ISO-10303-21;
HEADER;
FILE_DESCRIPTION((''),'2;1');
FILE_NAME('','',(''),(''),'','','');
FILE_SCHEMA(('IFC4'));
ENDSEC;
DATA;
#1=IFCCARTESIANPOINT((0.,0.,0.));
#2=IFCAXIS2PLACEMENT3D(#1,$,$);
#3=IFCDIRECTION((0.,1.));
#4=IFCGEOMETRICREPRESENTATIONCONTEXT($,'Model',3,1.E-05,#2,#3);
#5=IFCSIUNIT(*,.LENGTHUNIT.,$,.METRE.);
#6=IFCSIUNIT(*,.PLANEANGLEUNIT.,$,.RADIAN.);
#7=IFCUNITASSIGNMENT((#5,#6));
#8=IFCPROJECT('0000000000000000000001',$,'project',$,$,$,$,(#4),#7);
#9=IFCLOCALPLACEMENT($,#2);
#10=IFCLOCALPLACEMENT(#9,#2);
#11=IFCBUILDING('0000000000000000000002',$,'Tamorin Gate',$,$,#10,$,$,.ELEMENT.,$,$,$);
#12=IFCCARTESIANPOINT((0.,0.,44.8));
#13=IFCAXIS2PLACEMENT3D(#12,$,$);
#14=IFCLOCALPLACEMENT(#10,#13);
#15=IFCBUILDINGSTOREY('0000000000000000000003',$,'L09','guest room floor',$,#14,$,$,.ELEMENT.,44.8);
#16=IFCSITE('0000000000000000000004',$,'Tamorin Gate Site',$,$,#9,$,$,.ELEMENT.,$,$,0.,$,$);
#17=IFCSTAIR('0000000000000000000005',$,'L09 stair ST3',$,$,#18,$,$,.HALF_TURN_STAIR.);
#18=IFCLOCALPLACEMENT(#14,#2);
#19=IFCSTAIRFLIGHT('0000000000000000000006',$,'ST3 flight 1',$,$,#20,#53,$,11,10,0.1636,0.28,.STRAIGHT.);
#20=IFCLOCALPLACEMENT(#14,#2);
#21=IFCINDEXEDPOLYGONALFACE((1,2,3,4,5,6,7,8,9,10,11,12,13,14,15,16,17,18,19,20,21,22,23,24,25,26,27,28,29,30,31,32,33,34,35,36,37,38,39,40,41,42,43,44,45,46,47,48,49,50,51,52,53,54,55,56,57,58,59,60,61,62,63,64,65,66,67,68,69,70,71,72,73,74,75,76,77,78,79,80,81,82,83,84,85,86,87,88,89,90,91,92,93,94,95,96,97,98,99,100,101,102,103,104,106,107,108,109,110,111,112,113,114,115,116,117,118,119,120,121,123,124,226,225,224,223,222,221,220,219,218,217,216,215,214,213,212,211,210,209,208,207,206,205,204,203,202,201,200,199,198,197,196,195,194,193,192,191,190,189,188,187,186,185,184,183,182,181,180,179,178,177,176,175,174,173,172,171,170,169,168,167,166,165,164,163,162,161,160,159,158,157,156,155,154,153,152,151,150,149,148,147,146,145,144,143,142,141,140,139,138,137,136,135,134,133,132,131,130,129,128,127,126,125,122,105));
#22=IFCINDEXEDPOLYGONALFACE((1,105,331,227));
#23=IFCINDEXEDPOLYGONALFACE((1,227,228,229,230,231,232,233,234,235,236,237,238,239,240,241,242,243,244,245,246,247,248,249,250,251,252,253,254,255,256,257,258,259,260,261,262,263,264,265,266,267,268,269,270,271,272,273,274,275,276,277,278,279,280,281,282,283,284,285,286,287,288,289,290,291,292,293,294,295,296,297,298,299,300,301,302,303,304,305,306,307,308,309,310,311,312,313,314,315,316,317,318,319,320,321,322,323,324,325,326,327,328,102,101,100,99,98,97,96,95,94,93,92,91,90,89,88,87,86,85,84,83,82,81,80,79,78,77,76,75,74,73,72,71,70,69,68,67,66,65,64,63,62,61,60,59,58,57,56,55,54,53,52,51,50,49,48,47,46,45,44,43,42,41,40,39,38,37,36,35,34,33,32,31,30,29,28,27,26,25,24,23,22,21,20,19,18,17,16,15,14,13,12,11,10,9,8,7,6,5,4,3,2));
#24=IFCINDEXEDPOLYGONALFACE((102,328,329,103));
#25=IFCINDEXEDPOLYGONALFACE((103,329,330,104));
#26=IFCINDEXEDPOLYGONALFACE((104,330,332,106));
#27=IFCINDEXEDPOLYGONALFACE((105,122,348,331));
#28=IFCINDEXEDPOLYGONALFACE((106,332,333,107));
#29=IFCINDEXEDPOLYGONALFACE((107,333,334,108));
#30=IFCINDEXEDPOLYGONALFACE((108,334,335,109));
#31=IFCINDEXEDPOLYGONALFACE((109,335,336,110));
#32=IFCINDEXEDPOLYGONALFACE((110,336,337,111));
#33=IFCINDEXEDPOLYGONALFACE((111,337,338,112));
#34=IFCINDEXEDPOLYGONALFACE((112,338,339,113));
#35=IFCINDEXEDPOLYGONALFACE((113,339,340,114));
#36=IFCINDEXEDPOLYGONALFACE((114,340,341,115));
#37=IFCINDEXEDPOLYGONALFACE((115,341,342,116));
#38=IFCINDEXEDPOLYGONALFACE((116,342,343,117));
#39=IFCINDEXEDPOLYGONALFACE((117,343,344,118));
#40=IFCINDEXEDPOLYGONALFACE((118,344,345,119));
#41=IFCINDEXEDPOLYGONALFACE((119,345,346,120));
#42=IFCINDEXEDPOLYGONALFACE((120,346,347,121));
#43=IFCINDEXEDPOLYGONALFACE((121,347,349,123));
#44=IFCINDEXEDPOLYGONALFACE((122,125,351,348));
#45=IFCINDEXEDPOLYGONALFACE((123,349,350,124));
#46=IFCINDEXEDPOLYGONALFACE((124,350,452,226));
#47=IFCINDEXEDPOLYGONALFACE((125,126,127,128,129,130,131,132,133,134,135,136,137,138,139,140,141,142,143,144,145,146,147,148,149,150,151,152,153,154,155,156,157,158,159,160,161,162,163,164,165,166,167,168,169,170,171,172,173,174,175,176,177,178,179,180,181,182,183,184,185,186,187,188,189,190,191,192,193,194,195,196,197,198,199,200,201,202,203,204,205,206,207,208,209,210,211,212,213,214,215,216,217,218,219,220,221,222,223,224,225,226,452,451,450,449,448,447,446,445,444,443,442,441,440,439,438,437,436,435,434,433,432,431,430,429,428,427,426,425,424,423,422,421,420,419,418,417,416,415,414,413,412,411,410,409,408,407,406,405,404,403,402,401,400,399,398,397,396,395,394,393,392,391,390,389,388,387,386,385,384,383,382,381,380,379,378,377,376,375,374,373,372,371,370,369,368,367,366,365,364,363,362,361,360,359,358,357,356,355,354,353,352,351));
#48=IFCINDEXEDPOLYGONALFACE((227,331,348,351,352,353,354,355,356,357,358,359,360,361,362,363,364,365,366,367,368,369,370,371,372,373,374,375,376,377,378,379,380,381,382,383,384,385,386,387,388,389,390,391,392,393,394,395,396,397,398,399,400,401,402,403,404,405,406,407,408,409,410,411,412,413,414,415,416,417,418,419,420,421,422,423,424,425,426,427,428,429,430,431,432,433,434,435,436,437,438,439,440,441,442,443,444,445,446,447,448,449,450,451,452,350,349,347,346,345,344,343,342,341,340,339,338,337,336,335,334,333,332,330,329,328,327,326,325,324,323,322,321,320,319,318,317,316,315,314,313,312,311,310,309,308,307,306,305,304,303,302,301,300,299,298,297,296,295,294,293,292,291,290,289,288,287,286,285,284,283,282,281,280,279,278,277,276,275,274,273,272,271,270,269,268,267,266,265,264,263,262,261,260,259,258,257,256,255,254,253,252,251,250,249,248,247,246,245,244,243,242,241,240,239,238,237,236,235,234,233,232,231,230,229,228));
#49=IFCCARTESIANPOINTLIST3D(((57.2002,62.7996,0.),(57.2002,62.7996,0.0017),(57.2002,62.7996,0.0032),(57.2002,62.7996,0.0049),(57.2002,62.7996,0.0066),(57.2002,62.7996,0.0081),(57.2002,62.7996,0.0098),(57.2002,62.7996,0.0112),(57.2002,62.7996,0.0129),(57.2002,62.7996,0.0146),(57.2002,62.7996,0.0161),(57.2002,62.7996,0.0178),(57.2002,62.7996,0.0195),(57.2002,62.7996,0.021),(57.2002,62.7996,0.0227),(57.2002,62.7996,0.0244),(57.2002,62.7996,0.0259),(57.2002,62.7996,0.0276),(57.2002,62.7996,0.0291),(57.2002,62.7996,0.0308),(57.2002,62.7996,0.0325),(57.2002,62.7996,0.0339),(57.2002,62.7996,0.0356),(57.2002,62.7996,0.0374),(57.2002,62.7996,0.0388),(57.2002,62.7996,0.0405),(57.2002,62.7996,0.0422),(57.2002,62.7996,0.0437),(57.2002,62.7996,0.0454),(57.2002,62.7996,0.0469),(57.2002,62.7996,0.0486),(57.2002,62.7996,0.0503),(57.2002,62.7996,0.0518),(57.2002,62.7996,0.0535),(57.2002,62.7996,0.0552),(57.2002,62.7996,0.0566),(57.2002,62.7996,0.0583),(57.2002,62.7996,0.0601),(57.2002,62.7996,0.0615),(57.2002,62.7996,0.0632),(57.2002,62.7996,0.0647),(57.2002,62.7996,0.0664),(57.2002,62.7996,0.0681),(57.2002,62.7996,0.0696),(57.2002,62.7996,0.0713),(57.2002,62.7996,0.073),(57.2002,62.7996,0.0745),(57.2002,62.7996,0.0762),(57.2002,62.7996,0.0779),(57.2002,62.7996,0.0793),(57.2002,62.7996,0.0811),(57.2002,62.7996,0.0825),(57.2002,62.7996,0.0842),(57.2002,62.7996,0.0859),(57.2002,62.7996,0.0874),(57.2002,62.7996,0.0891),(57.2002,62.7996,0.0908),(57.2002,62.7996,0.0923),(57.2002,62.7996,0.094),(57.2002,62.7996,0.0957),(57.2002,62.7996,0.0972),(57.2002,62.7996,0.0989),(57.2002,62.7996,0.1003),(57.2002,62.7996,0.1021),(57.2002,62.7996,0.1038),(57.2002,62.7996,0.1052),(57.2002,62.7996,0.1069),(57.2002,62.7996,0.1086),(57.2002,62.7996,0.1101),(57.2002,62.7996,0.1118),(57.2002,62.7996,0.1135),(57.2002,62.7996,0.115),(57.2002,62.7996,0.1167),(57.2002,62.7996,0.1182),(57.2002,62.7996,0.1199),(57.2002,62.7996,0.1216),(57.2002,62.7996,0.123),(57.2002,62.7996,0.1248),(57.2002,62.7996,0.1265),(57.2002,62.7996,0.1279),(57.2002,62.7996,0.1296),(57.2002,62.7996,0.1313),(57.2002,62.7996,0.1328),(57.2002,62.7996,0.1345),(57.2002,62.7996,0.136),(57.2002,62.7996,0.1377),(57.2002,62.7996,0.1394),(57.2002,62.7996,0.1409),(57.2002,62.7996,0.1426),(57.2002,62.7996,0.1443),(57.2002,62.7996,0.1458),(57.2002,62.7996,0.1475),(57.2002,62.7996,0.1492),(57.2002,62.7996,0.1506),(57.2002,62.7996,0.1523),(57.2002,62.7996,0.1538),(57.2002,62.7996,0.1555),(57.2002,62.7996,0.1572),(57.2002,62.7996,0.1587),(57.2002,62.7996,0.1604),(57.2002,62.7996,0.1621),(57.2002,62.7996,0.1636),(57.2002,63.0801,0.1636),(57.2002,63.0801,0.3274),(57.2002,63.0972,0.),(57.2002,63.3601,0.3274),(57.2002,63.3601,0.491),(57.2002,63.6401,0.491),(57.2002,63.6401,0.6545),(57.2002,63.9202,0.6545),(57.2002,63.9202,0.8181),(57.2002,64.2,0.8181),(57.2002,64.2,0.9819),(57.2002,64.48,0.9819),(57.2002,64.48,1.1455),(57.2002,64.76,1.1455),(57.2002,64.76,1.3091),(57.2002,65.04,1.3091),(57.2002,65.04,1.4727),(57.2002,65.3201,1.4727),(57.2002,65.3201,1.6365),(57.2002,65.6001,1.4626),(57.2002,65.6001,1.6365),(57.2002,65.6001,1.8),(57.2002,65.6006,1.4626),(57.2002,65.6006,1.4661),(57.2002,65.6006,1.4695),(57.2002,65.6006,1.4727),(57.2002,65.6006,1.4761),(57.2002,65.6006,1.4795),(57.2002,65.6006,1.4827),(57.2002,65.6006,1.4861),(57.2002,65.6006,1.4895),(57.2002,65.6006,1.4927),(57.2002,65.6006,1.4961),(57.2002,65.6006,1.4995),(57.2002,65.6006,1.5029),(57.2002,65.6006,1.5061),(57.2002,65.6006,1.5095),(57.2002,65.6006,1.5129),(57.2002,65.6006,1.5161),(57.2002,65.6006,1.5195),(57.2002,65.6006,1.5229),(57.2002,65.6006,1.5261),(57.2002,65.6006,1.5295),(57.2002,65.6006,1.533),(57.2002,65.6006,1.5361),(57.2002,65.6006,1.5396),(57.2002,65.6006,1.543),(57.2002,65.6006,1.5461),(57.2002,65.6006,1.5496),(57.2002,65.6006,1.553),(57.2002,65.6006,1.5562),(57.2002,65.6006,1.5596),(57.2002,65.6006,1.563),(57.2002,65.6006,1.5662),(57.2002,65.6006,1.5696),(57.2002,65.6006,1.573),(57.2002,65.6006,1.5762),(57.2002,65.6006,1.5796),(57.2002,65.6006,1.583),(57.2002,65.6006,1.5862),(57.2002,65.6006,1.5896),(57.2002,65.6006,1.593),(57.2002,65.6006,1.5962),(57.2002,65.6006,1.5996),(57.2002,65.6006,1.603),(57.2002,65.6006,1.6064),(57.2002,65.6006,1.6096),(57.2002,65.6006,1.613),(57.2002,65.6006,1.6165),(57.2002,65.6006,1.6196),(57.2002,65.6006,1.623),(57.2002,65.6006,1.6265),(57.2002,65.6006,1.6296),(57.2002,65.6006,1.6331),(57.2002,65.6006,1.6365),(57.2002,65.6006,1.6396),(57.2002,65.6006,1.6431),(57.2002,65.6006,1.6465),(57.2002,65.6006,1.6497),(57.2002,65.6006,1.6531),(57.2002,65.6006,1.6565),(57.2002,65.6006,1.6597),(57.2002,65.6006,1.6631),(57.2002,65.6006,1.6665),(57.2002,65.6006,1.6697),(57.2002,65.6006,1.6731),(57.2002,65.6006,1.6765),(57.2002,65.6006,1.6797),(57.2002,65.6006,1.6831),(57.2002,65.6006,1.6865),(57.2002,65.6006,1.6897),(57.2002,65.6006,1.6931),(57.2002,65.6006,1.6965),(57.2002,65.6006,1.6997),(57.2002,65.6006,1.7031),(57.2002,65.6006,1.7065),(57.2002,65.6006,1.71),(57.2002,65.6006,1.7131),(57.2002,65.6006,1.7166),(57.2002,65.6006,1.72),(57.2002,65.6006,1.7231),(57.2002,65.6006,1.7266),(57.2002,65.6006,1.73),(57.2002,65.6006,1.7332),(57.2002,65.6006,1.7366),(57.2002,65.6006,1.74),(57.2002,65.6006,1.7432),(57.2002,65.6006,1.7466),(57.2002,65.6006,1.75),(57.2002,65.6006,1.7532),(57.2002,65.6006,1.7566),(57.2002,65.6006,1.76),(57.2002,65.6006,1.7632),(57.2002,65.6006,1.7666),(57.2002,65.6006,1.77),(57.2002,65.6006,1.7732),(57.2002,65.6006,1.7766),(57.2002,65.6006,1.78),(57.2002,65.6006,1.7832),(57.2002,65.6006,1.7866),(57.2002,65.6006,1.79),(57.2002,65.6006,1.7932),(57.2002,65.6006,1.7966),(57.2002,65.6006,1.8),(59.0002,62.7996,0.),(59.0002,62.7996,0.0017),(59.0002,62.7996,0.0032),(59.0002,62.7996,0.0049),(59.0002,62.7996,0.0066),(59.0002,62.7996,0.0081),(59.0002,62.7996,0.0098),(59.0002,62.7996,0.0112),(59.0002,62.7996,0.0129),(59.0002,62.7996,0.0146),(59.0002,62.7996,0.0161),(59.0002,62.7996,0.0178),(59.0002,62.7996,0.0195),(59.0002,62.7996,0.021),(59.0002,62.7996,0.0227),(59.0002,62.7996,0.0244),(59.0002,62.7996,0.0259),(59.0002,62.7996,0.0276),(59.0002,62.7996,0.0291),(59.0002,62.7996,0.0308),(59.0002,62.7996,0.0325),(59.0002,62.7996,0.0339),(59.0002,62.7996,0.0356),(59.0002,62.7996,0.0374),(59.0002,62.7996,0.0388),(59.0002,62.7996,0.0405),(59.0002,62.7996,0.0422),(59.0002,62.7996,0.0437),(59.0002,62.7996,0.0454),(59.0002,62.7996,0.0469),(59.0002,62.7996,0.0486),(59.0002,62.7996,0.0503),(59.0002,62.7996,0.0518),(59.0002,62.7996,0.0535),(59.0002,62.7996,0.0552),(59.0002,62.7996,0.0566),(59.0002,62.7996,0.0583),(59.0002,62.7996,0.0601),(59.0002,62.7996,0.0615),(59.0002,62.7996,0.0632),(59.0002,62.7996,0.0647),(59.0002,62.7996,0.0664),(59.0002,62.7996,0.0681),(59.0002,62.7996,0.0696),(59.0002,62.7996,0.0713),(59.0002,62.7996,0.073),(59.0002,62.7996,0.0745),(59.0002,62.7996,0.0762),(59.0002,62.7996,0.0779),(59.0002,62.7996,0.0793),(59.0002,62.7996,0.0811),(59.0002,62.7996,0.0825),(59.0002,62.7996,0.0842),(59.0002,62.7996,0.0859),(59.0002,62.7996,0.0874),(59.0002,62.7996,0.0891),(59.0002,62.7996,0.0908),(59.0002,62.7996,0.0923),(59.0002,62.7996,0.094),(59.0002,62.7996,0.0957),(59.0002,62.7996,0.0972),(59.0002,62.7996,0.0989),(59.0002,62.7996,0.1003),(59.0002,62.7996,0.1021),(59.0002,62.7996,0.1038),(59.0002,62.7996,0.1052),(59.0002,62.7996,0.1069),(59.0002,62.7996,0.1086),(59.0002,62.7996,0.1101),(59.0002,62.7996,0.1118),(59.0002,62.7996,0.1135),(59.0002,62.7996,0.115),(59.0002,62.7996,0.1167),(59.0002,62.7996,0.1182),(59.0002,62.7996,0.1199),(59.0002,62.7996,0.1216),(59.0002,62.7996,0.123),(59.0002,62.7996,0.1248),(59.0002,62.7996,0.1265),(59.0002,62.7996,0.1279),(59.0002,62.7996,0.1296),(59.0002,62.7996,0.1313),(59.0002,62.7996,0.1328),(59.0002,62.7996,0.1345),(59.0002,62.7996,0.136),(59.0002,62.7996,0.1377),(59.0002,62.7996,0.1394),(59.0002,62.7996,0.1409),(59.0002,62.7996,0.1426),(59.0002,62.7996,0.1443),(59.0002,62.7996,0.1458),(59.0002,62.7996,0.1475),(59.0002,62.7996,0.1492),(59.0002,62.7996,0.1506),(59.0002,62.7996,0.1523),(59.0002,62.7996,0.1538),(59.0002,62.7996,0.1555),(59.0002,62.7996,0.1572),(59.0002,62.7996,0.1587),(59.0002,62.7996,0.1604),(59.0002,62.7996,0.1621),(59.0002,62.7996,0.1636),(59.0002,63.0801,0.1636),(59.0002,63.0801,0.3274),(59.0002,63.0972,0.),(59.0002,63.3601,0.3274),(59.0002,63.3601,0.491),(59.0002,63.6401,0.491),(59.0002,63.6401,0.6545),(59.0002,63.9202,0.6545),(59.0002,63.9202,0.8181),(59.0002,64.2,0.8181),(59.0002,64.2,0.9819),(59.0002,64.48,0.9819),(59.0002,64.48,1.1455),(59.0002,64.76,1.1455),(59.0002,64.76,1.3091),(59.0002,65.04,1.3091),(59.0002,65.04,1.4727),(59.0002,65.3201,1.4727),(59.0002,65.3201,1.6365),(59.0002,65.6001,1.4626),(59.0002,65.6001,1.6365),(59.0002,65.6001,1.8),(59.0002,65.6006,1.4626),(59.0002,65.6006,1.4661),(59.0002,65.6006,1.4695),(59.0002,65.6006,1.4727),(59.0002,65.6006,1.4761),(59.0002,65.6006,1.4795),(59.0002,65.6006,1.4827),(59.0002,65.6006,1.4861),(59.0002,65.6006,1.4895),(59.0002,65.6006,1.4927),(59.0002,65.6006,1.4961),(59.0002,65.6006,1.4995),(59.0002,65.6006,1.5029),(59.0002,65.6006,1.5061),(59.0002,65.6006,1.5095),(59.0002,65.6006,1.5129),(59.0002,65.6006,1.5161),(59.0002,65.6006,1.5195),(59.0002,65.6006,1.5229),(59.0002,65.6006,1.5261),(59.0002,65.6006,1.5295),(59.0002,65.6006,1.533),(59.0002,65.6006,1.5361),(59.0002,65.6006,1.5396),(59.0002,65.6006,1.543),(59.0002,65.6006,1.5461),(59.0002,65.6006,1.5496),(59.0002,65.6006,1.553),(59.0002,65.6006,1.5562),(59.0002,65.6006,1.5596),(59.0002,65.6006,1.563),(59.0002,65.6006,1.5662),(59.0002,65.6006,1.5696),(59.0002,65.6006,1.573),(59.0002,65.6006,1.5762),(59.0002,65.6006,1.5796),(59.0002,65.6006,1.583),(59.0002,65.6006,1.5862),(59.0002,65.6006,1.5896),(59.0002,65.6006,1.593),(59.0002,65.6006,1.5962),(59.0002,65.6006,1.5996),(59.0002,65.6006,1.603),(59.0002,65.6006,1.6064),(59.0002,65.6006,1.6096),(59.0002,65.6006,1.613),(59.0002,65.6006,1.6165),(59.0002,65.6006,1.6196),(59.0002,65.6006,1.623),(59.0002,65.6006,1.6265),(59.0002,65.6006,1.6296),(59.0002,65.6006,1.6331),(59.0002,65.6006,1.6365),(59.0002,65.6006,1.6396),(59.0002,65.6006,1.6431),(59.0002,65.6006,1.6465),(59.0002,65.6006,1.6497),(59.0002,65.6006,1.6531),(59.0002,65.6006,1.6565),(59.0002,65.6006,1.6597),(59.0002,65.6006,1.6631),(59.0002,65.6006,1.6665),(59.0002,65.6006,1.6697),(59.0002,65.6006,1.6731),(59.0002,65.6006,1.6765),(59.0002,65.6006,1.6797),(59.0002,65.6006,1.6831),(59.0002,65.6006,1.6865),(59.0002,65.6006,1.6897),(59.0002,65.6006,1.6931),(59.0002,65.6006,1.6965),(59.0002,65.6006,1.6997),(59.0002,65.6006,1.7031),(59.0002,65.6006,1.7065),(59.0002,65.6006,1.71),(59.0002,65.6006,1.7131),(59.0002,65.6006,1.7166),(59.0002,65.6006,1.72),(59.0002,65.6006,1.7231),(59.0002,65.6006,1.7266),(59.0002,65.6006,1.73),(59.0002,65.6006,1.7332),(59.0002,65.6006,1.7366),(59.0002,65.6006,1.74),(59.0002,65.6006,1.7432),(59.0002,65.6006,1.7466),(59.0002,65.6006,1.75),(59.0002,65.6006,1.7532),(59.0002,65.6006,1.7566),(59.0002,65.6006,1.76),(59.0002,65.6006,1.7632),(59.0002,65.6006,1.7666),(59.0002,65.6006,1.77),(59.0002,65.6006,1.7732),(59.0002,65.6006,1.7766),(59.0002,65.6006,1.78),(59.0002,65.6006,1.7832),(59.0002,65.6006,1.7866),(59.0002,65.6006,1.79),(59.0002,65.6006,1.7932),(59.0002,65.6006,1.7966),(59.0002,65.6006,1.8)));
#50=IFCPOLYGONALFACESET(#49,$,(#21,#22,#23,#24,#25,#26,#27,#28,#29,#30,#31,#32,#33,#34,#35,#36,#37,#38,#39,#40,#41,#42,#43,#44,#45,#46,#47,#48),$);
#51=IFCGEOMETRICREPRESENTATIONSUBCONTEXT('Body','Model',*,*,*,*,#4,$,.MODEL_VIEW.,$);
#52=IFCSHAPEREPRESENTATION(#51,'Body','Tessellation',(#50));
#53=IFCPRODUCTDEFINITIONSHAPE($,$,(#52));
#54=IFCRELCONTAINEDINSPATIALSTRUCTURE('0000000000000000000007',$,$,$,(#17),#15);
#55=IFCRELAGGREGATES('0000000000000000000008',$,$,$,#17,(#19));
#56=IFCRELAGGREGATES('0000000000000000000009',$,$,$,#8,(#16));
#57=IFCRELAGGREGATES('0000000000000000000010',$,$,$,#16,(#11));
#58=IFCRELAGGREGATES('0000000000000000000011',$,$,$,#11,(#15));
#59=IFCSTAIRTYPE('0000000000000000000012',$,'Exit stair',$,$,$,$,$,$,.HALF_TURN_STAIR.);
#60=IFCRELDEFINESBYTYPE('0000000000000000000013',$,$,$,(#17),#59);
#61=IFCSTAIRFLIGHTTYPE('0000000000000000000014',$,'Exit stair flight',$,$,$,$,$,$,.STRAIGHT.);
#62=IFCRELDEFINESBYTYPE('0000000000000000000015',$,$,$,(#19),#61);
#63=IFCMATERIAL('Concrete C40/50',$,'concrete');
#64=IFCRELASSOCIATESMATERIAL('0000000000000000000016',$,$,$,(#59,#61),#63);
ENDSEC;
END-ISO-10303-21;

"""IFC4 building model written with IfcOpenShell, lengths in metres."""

from ifc_helpers import new_model, si_unit, direction, frame, origin, place, context, subcontext, project, spatial, polyline, outline, extrude, material, type_object, element, aggregate, save


model = new_model("IFC4")

# Units and contexts
model_context = context("Model", 3, precision=1e-05, world=origin(), true_north=direction((0.0, 1.0)))
body_context = subcontext(model_context, "Body", "Model", "MODEL_VIEW")
ifc_project = project(units=[si_unit("LENGTHUNIT", "METRE"), si_unit("PLANEANGLEUNIT", "RADIAN")], contexts=[model_context])

# Site, building, storey
site_placement = place(None, origin())
site = spatial("IfcSite", under=ifc_project, at=site_placement, Name="Tamorin Gate Site", CompositionType="ELEMENT", RefElevation=0.0)
building_placement = place(site_placement, origin())
building = spatial("IfcBuilding", under=site, at=building_placement, Name="Tamorin Gate", CompositionType="ELEMENT")
storey_placement = place(building_placement, frame((0.0, 0.0, 44.8)))
storey = spatial("IfcBuildingStorey", under=building, at=storey_placement, Name="L09", Description="guest room floor", CompositionType="ELEMENT", Elevation=44.8)

# Shared definitions
ifc_material_1 = material(Name="Concrete C40/50", Category="concrete")

# Stair, stair flight
stair_type = type_object("IfcStairType", Name="Exit stair", PredefinedType="HALF_TURN_STAIR", material=ifc_material_1)
stair_placement = place(storey_placement, origin())
stair = element("IfcStair", 1, at=stair_placement, inside=storey, type_object=stair_type, Name="L09 stair ST3", PredefinedType="HALF_TURN_STAIR")
stair_flight_type = type_object("IfcStairFlightType", Name="Exit stair flight", PredefinedType="STRAIGHT", material=ifc_material_1)
stair_flight_1_placement = place(storey_placement, frame((58.1001, 62.8, 0.0), z_axis=(0.0, 0.0, 1.0), x_axis=(0.0, 1.0, 0.0)))
stair_flight_1 = element("IfcStairFlight", 2, at=stair_flight_1_placement, type_object=stair_flight_type, Name="ST3 flight 1", NumberOfRisers=11, NumberOfTreads=10, PredefinedType="STRAIGHT", RiserHeight=0.1636, TreadLength=0.28, context=body_context, shape_type="SweptSolid", body=[
    extrude(outline(polyline([(-0.0005, 0.0), (-0.0005, 0.0017), (-0.0005, 0.0032), (-0.0005, 0.0049), (-0.0005, 0.0066), (-0.0005, 0.0081), (-0.0005, 0.0098), (-0.0005, 0.0112), (-0.0005, 0.0129), (-0.0005, 0.0146), (-0.0005, 0.0161), (-0.0005, 0.0178), (-0.0005, 0.0195), (-0.0005, 0.021), (-0.0005, 0.0227), (-0.0005, 0.0244), (-0.0005, 0.0259), (-0.0005, 0.0276), (-0.0005, 0.0291), (-0.0005, 0.0308), (-0.0005, 0.0325), (-0.0005, 0.0339), (-0.0005, 0.0356), (-0.0005, 0.0374), (-0.0005, 0.0388), (-0.0005, 0.0405), (-0.0005, 0.0422), (-0.0005, 0.0437), (-0.0005, 0.0454), (-0.0005, 0.0469), (-0.0005, 0.0486), (-0.0005, 0.0503), (-0.0005, 0.0518), (-0.0005, 0.0535), (-0.0005, 0.0552), (-0.0005, 0.0566), (-0.0005, 0.0583), (-0.0005, 0.0601), (-0.0005, 0.0615), (-0.0005, 0.0632), (-0.0005, 0.0647), (-0.0005, 0.0664), (-0.0005, 0.0681), (-0.0005, 0.0696), (-0.0005, 0.0713), (-0.0005, 0.073), (-0.0005, 0.0745), (-0.0005, 0.0762), (-0.0005, 0.0779), (-0.0005, 0.0793), (-0.0005, 0.0811), (-0.0005, 0.0825), (-0.0005, 0.0842), (-0.0005, 0.0859), (-0.0005, 0.0874), (-0.0005, 0.0891), (-0.0005, 0.0908), (-0.0005, 0.0923), (-0.0005, 0.094), (-0.0005, 0.0957), (-0.0005, 0.0972), (-0.0005, 0.0989), (-0.0005, 0.1003), (-0.0005, 0.1021), (-0.0005, 0.1038), (-0.0005, 0.1052), (-0.0005, 0.1069), (-0.0005, 0.1086), (-0.0005, 0.1101), (-0.0005, 0.1118), (-0.0005, 0.1135), (-0.0005, 0.115), (-0.0005, 0.1167), (-0.0005, 0.1182), (-0.0005, 0.1199), (-0.0005, 0.1216), (-0.0005, 0.123), (-0.0005, 0.1248), (-0.0005, 0.1265), (-0.0005, 0.1279), (-0.0005, 0.1296), (-0.0005, 0.1313), (-0.0005, 0.1328), (-0.0005, 0.1345), (-0.0005, 0.136), (-0.0005, 0.1377), (-0.0005, 0.1394), (-0.0005, 0.1409), (-0.0005, 0.1426), (-0.0005, 0.1443), (-0.0005, 0.1458), (-0.0005, 0.1475), (-0.0005, 0.1492), (-0.0005, 0.1506), (-0.0005, 0.1523), (-0.0005, 0.1538), (-0.0005, 0.1555), (-0.0005, 0.1572), (-0.0005, 0.1587), (-0.0005, 0.1604), (-0.0005, 0.1621), (-0.0005, 0.1636), (0.28, 0.1636), (0.28, 0.3274), (0.5601, 0.3274), (0.5601, 0.491), (0.8401, 0.491), (0.8401, 0.6545), (1.1201, 0.6545), (1.1201, 0.8181), (1.3999, 0.8181), (1.3999, 0.9819), (1.6799, 0.9819), (1.6799, 1.1455), (1.96, 1.1455), (1.96, 1.3091), (2.24, 1.3091), (2.24, 1.4727), (2.52, 1.4727), (2.52, 1.6365), (2.8, 1.6365), (2.8, 1.8), (2.8005, 1.8), (2.8005, 1.7966), (2.8005, 1.7932), (2.8005, 1.79), (2.8005, 1.7866), (2.8005, 1.7832), (2.8005, 1.78), (2.8005, 1.7766), (2.8005, 1.7732), (2.8005, 1.77), (2.8005, 1.7666), (2.8005, 1.7632), (2.8005, 1.76), (2.8005, 1.7566), (2.8005, 1.7532), (2.8005, 1.75), (2.8005, 1.7466), (2.8005, 1.7432), (2.8005, 1.74), (2.8005, 1.7366), (2.8005, 1.7332), (2.8005, 1.73), (2.8005, 1.7266), (2.8005, 1.7231), (2.8005, 1.72), (2.8005, 1.7166), (2.8005, 1.7131), (2.8005, 1.71), (2.8005, 1.7065), (2.8005, 1.7031), (2.8005, 1.6997), (2.8005, 1.6965), (2.8005, 1.6931), (2.8005, 1.6897), (2.8005, 1.6865), (2.8005, 1.6831), (2.8005, 1.6797), (2.8005, 1.6765), (2.8005, 1.6731), (2.8005, 1.6697), (2.8005, 1.6665), (2.8005, 1.6631), (2.8005, 1.6597), (2.8005, 1.6565), (2.8005, 1.6531), (2.8005, 1.6497), (2.8005, 1.6465), (2.8005, 1.6431), (2.8005, 1.6396), (2.8005, 1.6365), (2.8005, 1.6331), (2.8005, 1.6296), (2.8005, 1.6265), (2.8005, 1.623), (2.8005, 1.6196), (2.8005, 1.6165), (2.8005, 1.613), (2.8005, 1.6096), (2.8005, 1.6064), (2.8005, 1.603), (2.8005, 1.5996), (2.8005, 1.5962), (2.8005, 1.593), (2.8005, 1.5896), (2.8005, 1.5862), (2.8005, 1.583), (2.8005, 1.5796), (2.8005, 1.5762), (2.8005, 1.573), (2.8005, 1.5696), (2.8005, 1.5662), (2.8005, 1.563), (2.8005, 1.5596), (2.8005, 1.5562), (2.8005, 1.553), (2.8005, 1.5496), (2.8005, 1.5461), (2.8005, 1.543), (2.8005, 1.5396), (2.8005, 1.5361), (2.8005, 1.533), (2.8005, 1.5295), (2.8005, 1.5261), (2.8005, 1.5229), (2.8005, 1.5195), (2.8005, 1.5161), (2.8005, 1.5129), (2.8005, 1.5095), (2.8005, 1.5061), (2.8005, 1.5029), (2.8005, 1.4995), (2.8005, 1.4961), (2.8005, 1.4927), (2.8005, 1.4895), (2.8005, 1.4861), (2.8005, 1.4827), (2.8005, 1.4795), (2.8005, 1.4761), (2.8005, 1.4727), (2.8005, 1.4695), (2.8005, 1.4661), (2.8005, 1.4626), (2.8, 1.4626), (0.2971, 0.0), (-0.0005, 0.0)])), frame((0.0, 0.8999, 0.0), z_axis=(0.0, -1.0, 0.0), x_axis=(1.0, 0.0, 0.0)), (0.0, 0.0, 1.0), 1.8),
])
aggregate(stair, [stair_flight_1])

save(model, "model.ifc")
